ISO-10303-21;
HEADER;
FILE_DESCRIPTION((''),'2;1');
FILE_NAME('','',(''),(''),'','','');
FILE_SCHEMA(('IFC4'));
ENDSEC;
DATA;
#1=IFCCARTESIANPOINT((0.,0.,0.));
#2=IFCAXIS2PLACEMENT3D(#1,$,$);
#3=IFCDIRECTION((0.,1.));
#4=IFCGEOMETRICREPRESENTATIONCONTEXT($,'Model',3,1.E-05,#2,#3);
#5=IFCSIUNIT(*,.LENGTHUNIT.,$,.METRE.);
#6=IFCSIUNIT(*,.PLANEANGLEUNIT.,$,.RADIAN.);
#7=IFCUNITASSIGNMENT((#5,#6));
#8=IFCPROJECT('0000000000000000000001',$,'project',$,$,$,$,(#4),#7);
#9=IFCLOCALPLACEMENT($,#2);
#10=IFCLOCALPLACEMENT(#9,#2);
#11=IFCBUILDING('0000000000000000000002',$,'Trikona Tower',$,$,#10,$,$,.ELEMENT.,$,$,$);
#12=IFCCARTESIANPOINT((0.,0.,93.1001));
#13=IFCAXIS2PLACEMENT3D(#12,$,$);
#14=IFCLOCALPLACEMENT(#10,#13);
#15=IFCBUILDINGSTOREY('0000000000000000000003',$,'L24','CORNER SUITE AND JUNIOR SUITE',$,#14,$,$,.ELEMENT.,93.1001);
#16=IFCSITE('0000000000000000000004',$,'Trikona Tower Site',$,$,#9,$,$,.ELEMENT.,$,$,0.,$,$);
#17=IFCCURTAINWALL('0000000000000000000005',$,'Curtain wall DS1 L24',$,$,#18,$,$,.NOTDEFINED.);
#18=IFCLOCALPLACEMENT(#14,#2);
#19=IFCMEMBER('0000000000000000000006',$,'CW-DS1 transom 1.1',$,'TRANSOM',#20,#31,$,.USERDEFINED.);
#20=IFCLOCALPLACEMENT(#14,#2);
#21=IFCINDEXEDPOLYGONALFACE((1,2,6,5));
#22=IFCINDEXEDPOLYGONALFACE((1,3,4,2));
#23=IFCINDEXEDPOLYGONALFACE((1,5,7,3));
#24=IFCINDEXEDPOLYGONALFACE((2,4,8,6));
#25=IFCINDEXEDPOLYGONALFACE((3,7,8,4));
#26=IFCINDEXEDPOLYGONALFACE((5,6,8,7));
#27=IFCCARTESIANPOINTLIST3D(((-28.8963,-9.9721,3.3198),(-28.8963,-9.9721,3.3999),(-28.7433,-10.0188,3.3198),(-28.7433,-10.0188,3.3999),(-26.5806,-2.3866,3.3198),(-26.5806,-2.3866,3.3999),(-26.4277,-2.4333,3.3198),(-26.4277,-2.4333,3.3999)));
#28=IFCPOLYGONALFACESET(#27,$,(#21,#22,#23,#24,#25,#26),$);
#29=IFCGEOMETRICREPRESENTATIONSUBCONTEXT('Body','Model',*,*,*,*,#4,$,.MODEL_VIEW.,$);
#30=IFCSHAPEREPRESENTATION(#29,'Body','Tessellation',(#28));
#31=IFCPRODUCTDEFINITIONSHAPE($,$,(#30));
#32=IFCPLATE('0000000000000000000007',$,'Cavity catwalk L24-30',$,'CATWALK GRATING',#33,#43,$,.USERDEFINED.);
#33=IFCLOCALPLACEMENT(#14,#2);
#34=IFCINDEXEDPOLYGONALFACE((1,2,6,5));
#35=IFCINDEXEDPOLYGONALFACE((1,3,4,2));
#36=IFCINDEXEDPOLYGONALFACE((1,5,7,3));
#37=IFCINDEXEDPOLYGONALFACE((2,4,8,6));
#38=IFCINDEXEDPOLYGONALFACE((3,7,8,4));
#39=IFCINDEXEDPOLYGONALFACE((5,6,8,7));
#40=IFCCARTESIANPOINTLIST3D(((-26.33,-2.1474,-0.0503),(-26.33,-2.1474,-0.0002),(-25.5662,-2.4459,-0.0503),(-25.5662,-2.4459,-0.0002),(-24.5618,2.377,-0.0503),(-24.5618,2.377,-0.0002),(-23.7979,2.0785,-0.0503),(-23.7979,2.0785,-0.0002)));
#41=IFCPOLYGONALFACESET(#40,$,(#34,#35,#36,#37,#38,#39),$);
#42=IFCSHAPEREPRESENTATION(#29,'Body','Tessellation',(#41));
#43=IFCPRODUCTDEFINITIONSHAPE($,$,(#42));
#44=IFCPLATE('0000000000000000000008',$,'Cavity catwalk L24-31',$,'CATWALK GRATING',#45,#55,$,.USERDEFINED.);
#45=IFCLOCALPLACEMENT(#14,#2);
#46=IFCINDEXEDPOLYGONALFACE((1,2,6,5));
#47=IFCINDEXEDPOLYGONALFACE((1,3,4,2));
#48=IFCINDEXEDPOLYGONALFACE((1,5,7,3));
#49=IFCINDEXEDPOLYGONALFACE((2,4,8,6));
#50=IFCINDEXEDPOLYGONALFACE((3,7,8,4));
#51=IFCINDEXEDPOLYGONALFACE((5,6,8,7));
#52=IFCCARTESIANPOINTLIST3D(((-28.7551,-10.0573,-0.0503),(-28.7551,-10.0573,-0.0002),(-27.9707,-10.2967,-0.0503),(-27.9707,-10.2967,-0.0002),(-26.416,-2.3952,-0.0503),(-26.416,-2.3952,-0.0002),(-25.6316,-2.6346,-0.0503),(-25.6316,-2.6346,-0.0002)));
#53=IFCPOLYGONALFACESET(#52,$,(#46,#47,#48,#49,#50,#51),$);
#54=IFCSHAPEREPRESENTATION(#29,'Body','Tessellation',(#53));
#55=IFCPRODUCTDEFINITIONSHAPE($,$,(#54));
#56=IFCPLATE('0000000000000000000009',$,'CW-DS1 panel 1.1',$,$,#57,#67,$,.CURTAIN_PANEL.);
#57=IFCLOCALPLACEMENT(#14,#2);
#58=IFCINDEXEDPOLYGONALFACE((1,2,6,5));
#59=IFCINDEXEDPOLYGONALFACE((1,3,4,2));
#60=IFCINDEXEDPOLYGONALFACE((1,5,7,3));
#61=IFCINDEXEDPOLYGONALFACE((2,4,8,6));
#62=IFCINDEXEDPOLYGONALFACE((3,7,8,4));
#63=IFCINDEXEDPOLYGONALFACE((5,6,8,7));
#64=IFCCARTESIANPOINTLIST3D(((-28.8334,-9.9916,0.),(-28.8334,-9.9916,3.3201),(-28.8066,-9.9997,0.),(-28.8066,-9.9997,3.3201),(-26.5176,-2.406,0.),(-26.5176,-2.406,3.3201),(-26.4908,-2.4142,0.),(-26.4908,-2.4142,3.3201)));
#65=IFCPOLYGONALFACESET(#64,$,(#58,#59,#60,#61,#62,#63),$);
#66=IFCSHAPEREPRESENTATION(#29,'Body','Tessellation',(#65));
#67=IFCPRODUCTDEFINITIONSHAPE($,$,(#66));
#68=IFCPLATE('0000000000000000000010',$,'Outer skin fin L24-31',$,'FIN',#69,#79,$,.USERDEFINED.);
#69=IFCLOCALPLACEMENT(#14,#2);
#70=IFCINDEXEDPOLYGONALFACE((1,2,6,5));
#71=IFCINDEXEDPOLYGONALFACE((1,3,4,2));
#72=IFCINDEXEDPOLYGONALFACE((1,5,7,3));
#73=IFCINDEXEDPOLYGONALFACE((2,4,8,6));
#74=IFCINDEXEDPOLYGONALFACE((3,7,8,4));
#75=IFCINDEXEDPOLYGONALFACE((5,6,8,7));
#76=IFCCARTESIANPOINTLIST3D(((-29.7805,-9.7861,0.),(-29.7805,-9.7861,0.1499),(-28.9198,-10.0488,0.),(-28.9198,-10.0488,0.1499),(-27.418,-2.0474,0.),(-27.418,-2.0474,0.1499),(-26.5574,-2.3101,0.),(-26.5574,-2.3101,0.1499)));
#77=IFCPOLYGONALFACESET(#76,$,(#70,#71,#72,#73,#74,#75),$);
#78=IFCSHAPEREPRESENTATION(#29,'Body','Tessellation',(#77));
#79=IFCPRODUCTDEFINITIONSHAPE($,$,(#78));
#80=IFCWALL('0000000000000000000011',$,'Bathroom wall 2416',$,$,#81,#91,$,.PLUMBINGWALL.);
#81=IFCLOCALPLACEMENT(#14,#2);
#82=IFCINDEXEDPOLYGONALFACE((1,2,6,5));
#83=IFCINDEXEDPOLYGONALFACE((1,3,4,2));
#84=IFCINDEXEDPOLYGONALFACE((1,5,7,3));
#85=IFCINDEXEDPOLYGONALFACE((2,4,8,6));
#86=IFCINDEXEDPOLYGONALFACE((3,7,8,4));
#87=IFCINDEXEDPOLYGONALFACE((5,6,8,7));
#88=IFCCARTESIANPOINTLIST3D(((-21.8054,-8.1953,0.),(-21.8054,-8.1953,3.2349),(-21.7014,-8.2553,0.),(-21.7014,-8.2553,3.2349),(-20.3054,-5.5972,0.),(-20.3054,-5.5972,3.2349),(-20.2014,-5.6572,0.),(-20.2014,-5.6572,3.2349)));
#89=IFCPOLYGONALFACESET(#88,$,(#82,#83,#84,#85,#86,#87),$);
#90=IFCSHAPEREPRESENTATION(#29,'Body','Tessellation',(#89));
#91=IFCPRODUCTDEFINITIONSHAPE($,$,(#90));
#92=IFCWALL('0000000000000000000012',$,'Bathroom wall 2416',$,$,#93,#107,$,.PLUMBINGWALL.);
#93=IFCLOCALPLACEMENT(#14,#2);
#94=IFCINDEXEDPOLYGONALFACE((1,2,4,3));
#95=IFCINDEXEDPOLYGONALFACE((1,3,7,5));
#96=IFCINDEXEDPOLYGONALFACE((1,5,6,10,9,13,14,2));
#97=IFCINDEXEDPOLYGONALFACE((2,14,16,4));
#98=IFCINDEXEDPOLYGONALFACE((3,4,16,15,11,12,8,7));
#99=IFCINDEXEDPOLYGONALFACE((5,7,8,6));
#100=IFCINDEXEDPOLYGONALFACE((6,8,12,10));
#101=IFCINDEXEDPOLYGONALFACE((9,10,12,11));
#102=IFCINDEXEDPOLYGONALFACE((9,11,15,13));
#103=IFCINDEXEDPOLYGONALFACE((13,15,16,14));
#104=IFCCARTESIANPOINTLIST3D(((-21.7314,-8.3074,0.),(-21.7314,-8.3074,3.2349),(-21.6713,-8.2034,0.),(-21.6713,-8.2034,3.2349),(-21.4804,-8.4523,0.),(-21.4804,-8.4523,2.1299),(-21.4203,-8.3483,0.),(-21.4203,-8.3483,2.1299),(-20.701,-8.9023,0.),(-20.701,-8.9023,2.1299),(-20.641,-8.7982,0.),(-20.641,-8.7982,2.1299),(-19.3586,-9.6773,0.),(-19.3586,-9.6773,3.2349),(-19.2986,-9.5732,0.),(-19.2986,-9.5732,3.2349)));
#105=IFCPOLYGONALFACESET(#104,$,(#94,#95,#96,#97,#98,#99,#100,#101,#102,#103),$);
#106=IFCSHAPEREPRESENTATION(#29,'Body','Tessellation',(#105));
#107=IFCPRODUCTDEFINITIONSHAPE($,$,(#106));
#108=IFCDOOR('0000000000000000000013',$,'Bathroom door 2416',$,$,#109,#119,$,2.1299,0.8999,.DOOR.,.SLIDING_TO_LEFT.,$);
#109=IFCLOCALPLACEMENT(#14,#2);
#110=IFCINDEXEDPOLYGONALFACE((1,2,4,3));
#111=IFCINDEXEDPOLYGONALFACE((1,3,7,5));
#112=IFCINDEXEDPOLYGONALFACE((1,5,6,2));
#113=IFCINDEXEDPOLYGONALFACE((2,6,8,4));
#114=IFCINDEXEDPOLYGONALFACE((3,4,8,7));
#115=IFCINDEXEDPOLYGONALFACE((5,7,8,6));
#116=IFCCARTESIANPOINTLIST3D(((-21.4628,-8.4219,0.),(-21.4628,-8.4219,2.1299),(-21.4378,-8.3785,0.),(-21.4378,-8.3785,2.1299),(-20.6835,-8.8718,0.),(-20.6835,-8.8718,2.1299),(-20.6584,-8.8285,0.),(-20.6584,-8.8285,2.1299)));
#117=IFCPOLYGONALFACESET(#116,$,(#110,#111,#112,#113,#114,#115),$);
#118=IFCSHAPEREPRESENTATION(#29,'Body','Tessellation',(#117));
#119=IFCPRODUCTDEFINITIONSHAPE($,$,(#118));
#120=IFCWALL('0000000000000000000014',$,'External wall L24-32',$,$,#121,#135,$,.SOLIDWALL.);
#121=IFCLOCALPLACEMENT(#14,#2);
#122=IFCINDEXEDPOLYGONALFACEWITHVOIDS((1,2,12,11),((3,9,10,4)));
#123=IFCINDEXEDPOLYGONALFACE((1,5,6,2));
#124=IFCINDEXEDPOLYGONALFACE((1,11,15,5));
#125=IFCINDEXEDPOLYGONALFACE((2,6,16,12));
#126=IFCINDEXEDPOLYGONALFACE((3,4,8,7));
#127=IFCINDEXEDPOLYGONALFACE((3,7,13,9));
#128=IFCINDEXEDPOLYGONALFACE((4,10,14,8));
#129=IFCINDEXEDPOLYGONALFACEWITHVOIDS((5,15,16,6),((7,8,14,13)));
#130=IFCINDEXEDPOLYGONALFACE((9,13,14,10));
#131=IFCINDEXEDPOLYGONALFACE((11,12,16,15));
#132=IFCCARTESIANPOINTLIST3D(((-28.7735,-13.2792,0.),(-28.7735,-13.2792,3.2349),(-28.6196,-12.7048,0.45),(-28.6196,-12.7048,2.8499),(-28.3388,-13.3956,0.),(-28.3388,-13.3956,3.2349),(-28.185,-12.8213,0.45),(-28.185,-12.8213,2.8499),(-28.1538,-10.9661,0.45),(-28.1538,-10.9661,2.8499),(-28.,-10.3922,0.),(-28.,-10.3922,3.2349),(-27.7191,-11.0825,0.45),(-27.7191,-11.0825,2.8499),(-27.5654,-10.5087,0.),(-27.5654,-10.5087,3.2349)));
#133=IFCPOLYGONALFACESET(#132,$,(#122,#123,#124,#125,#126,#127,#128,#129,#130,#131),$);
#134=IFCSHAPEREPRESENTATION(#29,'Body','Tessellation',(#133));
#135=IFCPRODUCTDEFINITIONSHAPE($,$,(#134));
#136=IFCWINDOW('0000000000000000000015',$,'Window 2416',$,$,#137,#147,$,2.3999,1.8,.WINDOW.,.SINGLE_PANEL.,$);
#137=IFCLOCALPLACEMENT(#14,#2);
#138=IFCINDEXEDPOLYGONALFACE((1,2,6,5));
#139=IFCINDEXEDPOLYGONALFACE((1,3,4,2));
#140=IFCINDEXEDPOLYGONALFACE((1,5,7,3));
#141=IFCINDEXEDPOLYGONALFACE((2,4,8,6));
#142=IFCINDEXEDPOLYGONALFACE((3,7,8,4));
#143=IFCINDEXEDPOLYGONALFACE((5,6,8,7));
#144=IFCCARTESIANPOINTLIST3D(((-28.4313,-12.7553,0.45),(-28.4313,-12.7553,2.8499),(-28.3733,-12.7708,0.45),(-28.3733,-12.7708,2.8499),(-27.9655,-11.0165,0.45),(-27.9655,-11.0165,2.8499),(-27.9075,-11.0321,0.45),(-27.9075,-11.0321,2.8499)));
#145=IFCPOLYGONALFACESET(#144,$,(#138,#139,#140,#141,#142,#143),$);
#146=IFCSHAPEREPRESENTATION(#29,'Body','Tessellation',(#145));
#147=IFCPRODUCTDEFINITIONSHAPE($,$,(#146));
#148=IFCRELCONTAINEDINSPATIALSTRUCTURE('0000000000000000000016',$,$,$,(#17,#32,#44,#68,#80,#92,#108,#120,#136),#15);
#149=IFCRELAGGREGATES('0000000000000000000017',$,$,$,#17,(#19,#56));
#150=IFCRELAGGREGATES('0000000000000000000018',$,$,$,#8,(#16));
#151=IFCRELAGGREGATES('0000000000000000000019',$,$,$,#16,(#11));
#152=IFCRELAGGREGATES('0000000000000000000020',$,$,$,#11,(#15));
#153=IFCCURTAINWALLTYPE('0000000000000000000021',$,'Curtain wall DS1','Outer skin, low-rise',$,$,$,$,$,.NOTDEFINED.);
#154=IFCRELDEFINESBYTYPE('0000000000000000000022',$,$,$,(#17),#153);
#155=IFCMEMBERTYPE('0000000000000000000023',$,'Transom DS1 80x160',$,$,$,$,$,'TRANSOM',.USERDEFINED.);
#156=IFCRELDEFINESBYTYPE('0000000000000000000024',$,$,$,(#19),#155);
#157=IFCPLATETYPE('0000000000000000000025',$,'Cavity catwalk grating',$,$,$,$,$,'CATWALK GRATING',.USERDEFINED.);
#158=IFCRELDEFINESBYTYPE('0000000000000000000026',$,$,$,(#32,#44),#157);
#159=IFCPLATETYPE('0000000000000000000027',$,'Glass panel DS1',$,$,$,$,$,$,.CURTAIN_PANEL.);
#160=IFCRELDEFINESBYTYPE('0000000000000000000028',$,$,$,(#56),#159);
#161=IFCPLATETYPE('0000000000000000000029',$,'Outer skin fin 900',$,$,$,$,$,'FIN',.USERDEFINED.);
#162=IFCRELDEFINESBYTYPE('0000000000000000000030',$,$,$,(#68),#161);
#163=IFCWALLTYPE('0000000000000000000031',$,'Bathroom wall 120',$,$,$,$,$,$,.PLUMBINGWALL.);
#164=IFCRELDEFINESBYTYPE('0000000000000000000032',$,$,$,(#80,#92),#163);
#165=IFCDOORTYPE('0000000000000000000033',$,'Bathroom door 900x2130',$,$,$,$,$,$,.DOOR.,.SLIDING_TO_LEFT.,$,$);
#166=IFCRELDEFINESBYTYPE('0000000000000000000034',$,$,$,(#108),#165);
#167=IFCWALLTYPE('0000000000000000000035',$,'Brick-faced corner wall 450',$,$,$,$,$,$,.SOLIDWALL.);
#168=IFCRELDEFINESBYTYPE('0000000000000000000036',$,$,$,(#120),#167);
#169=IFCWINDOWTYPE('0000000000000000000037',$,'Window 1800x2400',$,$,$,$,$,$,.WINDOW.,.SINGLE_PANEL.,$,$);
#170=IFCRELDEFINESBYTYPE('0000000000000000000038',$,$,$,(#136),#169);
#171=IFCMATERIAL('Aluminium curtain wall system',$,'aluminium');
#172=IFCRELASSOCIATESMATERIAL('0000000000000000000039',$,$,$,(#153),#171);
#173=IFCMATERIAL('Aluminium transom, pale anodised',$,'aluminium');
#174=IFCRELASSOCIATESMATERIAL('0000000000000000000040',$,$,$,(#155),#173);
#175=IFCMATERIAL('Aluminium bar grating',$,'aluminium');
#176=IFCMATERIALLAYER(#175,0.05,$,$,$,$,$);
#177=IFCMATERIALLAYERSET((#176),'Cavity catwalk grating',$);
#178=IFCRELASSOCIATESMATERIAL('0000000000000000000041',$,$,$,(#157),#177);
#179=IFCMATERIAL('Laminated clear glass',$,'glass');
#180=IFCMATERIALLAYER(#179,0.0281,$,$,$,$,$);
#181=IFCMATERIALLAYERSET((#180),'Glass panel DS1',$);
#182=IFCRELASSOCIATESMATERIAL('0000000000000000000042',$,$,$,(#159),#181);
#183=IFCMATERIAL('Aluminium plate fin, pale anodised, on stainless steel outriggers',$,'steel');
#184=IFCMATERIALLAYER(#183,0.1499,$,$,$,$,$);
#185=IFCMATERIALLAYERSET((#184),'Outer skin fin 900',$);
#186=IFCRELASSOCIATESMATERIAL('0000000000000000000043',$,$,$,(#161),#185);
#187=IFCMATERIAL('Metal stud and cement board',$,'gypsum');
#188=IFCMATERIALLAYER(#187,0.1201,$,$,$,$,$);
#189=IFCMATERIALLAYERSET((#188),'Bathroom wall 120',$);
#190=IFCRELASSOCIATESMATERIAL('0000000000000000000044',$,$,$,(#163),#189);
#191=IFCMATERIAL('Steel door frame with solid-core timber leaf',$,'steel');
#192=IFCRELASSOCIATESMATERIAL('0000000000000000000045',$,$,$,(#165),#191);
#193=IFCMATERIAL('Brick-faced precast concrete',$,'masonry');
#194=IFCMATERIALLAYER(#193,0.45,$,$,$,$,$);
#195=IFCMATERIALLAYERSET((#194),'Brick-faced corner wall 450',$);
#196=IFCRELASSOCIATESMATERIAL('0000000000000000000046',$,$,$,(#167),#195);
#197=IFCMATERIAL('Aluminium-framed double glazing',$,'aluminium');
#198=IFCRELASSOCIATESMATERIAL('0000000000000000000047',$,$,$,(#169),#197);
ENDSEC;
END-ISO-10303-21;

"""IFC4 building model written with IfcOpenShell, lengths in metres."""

from ifc_helpers import new_model, si_unit, direction, frame, frame_2d, origin, origin_2d, place, context, subcontext, project, spatial, rectangle, extrude, material, layer, layer_set, material_profile, profile_set, type_object, element, fill, aggregate, save


model = new_model("IFC4")

# Units and contexts
model_context = context("Model", 3, precision=1e-05, world=origin(), true_north=direction((0.0, 1.0)))
body_context = subcontext(model_context, "Body", "Model", "MODEL_VIEW")
ifc_project = project(units=[si_unit("LENGTHUNIT", "METRE"), si_unit("PLANEANGLEUNIT", "RADIAN")], contexts=[model_context])

# Site, building, storey
site_placement = place(None, origin())
site = spatial("IfcSite", under=ifc_project, at=site_placement, Name="Trikona Tower Site", CompositionType="ELEMENT", RefElevation=0.0)
building_placement = place(site_placement, origin())
building = spatial("IfcBuilding", under=site, at=building_placement, Name="Trikona Tower", CompositionType="ELEMENT")
storey_placement = place(building_placement, frame((0.0, 0.0, 93.1001)))
storey = spatial("IfcBuildingStorey", under=building, at=storey_placement, Name="L24", Description="CORNER SUITE AND JUNIOR SUITE", CompositionType="ELEMENT", Elevation=93.1001)

# Shared definitions
ifc_material_1 = material(Name="Aluminium curtain wall system", Category="aluminium")
curtain_wall_type = type_object("IfcCurtainWallType", Name="Curtain wall DS1", Description="Outer skin, low-rise", PredefinedType="NOTDEFINED", material=ifc_material_1)

# Curtain wall
curtain_wall_1_placement = place(storey_placement, origin())
curtain_wall_1 = element("IfcCurtainWall", 1, at=curtain_wall_1_placement, inside=storey, type_object=curtain_wall_type, Name="Curtain wall DS1 L24", PredefinedType="NOTDEFINED")

# Member
ifc_material_2 = material(Name="Aluminium transom, pale anodised", Category="aluminium")
ifc_material_profile_1 = material_profile(ifc_material_2, rectangle(XDim=0.1599, YDim=0.0801, at=origin_2d()), Name="TRN-DS1")
ifc_profile_set_1 = profile_set([ifc_material_profile_1], Name="Aluminium transom, pale anodised")
member_type_1 = type_object("IfcMemberType", Name="Transom DS1 80x160", ElementType="TRANSOM", PredefinedType="USERDEFINED", material=ifc_profile_set_1)
member_1_placement = place(storey_placement, frame((-26.5042, -2.4099, 3.3599), z_axis=(-0.291967, -0.956428, 0.0), x_axis=(0.956428, -0.291967, 0.0)))
member_1 = element("IfcMember", 2, at=member_1_placement, type_object=member_type_1, Name="CW-DS1 transom 1.1", ObjectType="TRANSOM", PredefinedType="USERDEFINED", context=body_context, shape_type="SweptSolid", body=[
    extrude(rectangle(XDim=0.1599, YDim=0.0801, at=origin_2d()), origin(), (0.0, 0.0, 1.0), 7.9312),
])

# Plates
ifc_material_3 = material(Name="Aluminium bar grating", Category="aluminium")
ifc_layer_1 = layer(ifc_material_3, 0.05)
ifc_layer_set_1 = layer_set([ifc_layer_1], Name="Cavity catwalk grating")
plate_type_1 = type_object("IfcPlateType", Name="Cavity catwalk grating", ElementType="CATWALK GRATING", PredefinedType="USERDEFINED", material=ifc_layer_set_1)
plate_1_placement = place(storey_placement, frame((-25.064, -0.0344, -0.0503), z_axis=(0.0, 0.0, 1.0), x_axis=(-0.364009, -0.931395, 0.0)))
element("IfcPlate", 3, at=plate_1_placement, inside=storey, type_object=plate_type_1, Name="Cavity catwalk L24-30", ObjectType="CATWALK GRATING", PredefinedType="USERDEFINED", context=body_context, shape_type="SweptSolid", body=[
    extrude(rectangle(XDim=4.8577, YDim=0.8201, at=origin_2d()), origin(), (0.0, 0.0, 1.0), 0.05),
])
plate_2_placement = place(storey_placement, frame((-27.1934, -6.3459, -0.0503), z_axis=(0.0, 0.0, 1.0), x_axis=(-0.291979, -0.956425, 0.0)))
element("IfcPlate", 4, at=plate_2_placement, inside=storey, type_object=plate_type_1, Name="Cavity catwalk L24-31", ObjectType="CATWALK GRATING", PredefinedType="USERDEFINED", context=body_context, shape_type="SweptSolid", body=[
    extrude(rectangle(XDim=8.0112, YDim=0.8201, at=origin_2d()), origin(), (0.0, 0.0, 1.0), 0.05),
])

# Plates
ifc_material_4 = material(Name="Laminated clear glass", Category="glass")
ifc_layer_2 = layer(ifc_material_4, 0.0281)
ifc_layer_set_2 = layer_set([ifc_layer_2], Name="Glass panel DS1")
plate_type_2 = type_object("IfcPlateType", Name="Glass panel DS1", PredefinedType="CURTAIN_PANEL", material=ifc_layer_set_2)
plate_3_placement = place(storey_placement, frame((-27.6621, -6.2029, 0.0), z_axis=(0.0, 0.0, 1.0), x_axis=(-0.291984, -0.956423, 0.0)))
plate_3 = element("IfcPlate", 5, at=plate_3_placement, type_object=plate_type_2, Name="CW-DS1 panel 1.1", PredefinedType="CURTAIN_PANEL", context=body_context, shape_type="SweptSolid", body=[
    extrude(rectangle(XDim=7.9312, YDim=0.0281, at=origin_2d()), origin(), (0.0, 0.0, 1.0), 3.3201),
])
aggregate(curtain_wall_1, [member_1, plate_3])
ifc_material_5 = material(Name="Aluminium plate fin, pale anodised, on stainless steel outriggers", Category="steel")
ifc_layer_3 = layer(ifc_material_5, 0.1499)
ifc_layer_set_3 = layer_set([ifc_layer_3], Name="Outer skin fin 900")
plate_type_3 = type_object("IfcPlateType", Name="Outer skin fin 900", ElementType="FIN", PredefinedType="USERDEFINED", material=ifc_layer_set_3)
plate_4_placement = place(storey_placement, frame((-28.1689, -6.0481, 0.0), z_axis=(0.0, 0.0, 1.0), x_axis=(-0.291979, -0.956425, 0.0)))
element("IfcPlate", 6, at=plate_4_placement, inside=storey, type_object=plate_type_3, Name="Outer skin fin L24-31", ObjectType="FIN", PredefinedType="USERDEFINED", context=body_context, shape_type="SweptSolid", body=[
    extrude(rectangle(XDim=8.0913, YDim=0.8999, at=origin_2d()), origin(), (0.0, 0.0, 1.0), 0.1499),
])

# Wall
ifc_material_6 = material(Name="Metal stud and cement board", Category="gypsum")
ifc_layer_4 = layer(ifc_material_6, 0.1201)
ifc_layer_set_4 = layer_set([ifc_layer_4], Name="Bathroom wall 120")
wall_type_1 = type_object("IfcWallType", Name="Bathroom wall 120", PredefinedType="PLUMBINGWALL", material=ifc_layer_set_4)
wall_1_placement = place(storey_placement, frame((-20.2534, -5.6272, 0.0), z_axis=(0.0, 0.0, 1.0), x_axis=(-0.49999, -0.866031, 0.0)))
element("IfcWall", 7, at=wall_1_placement, inside=storey, type_object=wall_type_1, Name="Bathroom wall 2416", PredefinedType="PLUMBINGWALL", context=body_context, shape_type="SweptSolid", body=[
    extrude(rectangle(XDim=3.0, YDim=0.1201, at=frame_2d((1.5, 0.0))), origin(), (0.0, 0.0, 1.0), 3.2349),
])

# Wall, opening, door
wall_2_placement = place(storey_placement, frame((-19.3286, -9.6252, 0.0), z_axis=(0.0, 0.0, 1.0), x_axis=(-0.866036, 0.499982, 0.0)))
wall_2 = element("IfcWall", 8, at=wall_2_placement, inside=storey, type_object=wall_type_1, Name="Bathroom wall 2416", PredefinedType="PLUMBINGWALL", context=body_context, shape_type="SweptSolid", body=[
    extrude(rectangle(XDim=2.7397, YDim=0.1201, at=frame_2d((1.3699, 0.0))), origin(), (0.0, 0.0, 1.0), 3.2349),
])
opening_1_placement = place(wall_2_placement, frame((1.55, 0.0, 0.0)))
opening_1 = element("IfcOpeningElement", 9, at=opening_1_placement, cuts=wall_2, PredefinedType="OPENING", context=body_context, shape_type="SweptSolid", body=[
    extrude(rectangle(XDim=0.8999, YDim=2.1299, at=frame_2d((0.45, 1.0649))), frame((0.0, 0.0701, 0.0), z_axis=(0.0, -1.0, 0.0), x_axis=(1.0, 0.0, 0.0)), (0.0, 0.0, 1.0), 0.1401),
])
ifc_material_7 = material(Name="Steel door frame with solid-core timber leaf", Category="steel")
door_type_1 = type_object("IfcDoorType", Name="Bathroom door 900x2130", OperationType="SLIDING_TO_LEFT", PredefinedType="DOOR", material=ifc_material_7)
door_1_placement = place(opening_1_placement, origin())
door_1 = element("IfcDoor", 10, at=door_1_placement, inside=storey, type_object=door_type_1, Name="Bathroom door 2416", OperationType="SLIDING_TO_LEFT", OverallHeight=2.1299, OverallWidth=0.8999, PredefinedType="DOOR", context=body_context, shape_type="SweptSolid", body=[
    extrude(rectangle(XDim=0.8999, YDim=2.1299, at=frame_2d((0.45, 1.0649))), frame((0.0, 0.0249, 0.0), z_axis=(0.0, -1.0, 0.0), x_axis=(1.0, 0.0, 0.0)), (0.0, 0.0, 1.0), 0.05),
])
fill(opening_1, door_1)

# Wall, opening, window
ifc_material_8 = material(Name="Brick-faced precast concrete", Category="masonry")
ifc_layer_5 = layer(ifc_material_8, 0.45)
ifc_layer_set_5 = layer_set([ifc_layer_5], Name="Brick-faced corner wall 450")
wall_type_2 = type_object("IfcWallType", Name="Brick-faced corner wall 450", PredefinedType="SOLIDWALL", material=ifc_layer_set_5)
wall_3_placement = place(storey_placement, frame((-27.7827, -10.4504, 0.0), z_axis=(0.0, 0.0, 1.0), x_axis=(-0.258781, -0.965936, 0.0)))
wall_3 = element("IfcWall", 11, at=wall_3_placement, inside=storey, type_object=wall_type_2, Name="External wall L24-32", PredefinedType="SOLIDWALL", context=body_context, shape_type="SweptSolid", body=[
    extrude(rectangle(XDim=2.9888, YDim=0.45, at=frame_2d((1.4944, 0.0))), origin(), (0.0, 0.0, 1.0), 3.2349),
])
opening_2_placement = place(wall_3_placement, frame((0.5942, 0.0, 0.45)))
opening_2 = element("IfcOpeningElement", 12, at=opening_2_placement, cuts=wall_3, PredefinedType="OPENING", context=body_context, shape_type="SweptSolid", body=[
    extrude(rectangle(XDim=1.8, YDim=2.3999, at=frame_2d((0.8999, 1.2))), frame((0.0, 0.2349, 0.0), z_axis=(0.0, -1.0, 0.0), x_axis=(1.0, 0.0, 0.0)), (0.0, 0.0, 1.0), 0.47),
])
ifc_material_9 = material(Name="Aluminium-framed double glazing", Category="aluminium")
window_type_1 = type_object("IfcWindowType", Name="Window 1800x2400", PartitioningType="SINGLE_PANEL", PredefinedType="WINDOW", material=ifc_material_9)
window_1_placement = place(opening_2_placement, origin())
window_1 = element("IfcWindow", 13, at=window_1_placement, inside=storey, type_object=window_type_1, Name="Window 2416", OverallHeight=2.3999, OverallWidth=1.8, PartitioningType="SINGLE_PANEL", PredefinedType="WINDOW", context=body_context, shape_type="SweptSolid", body=[
    extrude(rectangle(XDim=1.8, YDim=2.3999, at=frame_2d((0.8999, 1.2))), frame((0.0, 0.03, 0.0), z_axis=(0.0, -1.0, 0.0), x_axis=(1.0, 0.0, 0.0)), (0.0, 0.0, 1.0), 0.0601),
])
fill(opening_2, window_1)

save(model, "model.ifc")
